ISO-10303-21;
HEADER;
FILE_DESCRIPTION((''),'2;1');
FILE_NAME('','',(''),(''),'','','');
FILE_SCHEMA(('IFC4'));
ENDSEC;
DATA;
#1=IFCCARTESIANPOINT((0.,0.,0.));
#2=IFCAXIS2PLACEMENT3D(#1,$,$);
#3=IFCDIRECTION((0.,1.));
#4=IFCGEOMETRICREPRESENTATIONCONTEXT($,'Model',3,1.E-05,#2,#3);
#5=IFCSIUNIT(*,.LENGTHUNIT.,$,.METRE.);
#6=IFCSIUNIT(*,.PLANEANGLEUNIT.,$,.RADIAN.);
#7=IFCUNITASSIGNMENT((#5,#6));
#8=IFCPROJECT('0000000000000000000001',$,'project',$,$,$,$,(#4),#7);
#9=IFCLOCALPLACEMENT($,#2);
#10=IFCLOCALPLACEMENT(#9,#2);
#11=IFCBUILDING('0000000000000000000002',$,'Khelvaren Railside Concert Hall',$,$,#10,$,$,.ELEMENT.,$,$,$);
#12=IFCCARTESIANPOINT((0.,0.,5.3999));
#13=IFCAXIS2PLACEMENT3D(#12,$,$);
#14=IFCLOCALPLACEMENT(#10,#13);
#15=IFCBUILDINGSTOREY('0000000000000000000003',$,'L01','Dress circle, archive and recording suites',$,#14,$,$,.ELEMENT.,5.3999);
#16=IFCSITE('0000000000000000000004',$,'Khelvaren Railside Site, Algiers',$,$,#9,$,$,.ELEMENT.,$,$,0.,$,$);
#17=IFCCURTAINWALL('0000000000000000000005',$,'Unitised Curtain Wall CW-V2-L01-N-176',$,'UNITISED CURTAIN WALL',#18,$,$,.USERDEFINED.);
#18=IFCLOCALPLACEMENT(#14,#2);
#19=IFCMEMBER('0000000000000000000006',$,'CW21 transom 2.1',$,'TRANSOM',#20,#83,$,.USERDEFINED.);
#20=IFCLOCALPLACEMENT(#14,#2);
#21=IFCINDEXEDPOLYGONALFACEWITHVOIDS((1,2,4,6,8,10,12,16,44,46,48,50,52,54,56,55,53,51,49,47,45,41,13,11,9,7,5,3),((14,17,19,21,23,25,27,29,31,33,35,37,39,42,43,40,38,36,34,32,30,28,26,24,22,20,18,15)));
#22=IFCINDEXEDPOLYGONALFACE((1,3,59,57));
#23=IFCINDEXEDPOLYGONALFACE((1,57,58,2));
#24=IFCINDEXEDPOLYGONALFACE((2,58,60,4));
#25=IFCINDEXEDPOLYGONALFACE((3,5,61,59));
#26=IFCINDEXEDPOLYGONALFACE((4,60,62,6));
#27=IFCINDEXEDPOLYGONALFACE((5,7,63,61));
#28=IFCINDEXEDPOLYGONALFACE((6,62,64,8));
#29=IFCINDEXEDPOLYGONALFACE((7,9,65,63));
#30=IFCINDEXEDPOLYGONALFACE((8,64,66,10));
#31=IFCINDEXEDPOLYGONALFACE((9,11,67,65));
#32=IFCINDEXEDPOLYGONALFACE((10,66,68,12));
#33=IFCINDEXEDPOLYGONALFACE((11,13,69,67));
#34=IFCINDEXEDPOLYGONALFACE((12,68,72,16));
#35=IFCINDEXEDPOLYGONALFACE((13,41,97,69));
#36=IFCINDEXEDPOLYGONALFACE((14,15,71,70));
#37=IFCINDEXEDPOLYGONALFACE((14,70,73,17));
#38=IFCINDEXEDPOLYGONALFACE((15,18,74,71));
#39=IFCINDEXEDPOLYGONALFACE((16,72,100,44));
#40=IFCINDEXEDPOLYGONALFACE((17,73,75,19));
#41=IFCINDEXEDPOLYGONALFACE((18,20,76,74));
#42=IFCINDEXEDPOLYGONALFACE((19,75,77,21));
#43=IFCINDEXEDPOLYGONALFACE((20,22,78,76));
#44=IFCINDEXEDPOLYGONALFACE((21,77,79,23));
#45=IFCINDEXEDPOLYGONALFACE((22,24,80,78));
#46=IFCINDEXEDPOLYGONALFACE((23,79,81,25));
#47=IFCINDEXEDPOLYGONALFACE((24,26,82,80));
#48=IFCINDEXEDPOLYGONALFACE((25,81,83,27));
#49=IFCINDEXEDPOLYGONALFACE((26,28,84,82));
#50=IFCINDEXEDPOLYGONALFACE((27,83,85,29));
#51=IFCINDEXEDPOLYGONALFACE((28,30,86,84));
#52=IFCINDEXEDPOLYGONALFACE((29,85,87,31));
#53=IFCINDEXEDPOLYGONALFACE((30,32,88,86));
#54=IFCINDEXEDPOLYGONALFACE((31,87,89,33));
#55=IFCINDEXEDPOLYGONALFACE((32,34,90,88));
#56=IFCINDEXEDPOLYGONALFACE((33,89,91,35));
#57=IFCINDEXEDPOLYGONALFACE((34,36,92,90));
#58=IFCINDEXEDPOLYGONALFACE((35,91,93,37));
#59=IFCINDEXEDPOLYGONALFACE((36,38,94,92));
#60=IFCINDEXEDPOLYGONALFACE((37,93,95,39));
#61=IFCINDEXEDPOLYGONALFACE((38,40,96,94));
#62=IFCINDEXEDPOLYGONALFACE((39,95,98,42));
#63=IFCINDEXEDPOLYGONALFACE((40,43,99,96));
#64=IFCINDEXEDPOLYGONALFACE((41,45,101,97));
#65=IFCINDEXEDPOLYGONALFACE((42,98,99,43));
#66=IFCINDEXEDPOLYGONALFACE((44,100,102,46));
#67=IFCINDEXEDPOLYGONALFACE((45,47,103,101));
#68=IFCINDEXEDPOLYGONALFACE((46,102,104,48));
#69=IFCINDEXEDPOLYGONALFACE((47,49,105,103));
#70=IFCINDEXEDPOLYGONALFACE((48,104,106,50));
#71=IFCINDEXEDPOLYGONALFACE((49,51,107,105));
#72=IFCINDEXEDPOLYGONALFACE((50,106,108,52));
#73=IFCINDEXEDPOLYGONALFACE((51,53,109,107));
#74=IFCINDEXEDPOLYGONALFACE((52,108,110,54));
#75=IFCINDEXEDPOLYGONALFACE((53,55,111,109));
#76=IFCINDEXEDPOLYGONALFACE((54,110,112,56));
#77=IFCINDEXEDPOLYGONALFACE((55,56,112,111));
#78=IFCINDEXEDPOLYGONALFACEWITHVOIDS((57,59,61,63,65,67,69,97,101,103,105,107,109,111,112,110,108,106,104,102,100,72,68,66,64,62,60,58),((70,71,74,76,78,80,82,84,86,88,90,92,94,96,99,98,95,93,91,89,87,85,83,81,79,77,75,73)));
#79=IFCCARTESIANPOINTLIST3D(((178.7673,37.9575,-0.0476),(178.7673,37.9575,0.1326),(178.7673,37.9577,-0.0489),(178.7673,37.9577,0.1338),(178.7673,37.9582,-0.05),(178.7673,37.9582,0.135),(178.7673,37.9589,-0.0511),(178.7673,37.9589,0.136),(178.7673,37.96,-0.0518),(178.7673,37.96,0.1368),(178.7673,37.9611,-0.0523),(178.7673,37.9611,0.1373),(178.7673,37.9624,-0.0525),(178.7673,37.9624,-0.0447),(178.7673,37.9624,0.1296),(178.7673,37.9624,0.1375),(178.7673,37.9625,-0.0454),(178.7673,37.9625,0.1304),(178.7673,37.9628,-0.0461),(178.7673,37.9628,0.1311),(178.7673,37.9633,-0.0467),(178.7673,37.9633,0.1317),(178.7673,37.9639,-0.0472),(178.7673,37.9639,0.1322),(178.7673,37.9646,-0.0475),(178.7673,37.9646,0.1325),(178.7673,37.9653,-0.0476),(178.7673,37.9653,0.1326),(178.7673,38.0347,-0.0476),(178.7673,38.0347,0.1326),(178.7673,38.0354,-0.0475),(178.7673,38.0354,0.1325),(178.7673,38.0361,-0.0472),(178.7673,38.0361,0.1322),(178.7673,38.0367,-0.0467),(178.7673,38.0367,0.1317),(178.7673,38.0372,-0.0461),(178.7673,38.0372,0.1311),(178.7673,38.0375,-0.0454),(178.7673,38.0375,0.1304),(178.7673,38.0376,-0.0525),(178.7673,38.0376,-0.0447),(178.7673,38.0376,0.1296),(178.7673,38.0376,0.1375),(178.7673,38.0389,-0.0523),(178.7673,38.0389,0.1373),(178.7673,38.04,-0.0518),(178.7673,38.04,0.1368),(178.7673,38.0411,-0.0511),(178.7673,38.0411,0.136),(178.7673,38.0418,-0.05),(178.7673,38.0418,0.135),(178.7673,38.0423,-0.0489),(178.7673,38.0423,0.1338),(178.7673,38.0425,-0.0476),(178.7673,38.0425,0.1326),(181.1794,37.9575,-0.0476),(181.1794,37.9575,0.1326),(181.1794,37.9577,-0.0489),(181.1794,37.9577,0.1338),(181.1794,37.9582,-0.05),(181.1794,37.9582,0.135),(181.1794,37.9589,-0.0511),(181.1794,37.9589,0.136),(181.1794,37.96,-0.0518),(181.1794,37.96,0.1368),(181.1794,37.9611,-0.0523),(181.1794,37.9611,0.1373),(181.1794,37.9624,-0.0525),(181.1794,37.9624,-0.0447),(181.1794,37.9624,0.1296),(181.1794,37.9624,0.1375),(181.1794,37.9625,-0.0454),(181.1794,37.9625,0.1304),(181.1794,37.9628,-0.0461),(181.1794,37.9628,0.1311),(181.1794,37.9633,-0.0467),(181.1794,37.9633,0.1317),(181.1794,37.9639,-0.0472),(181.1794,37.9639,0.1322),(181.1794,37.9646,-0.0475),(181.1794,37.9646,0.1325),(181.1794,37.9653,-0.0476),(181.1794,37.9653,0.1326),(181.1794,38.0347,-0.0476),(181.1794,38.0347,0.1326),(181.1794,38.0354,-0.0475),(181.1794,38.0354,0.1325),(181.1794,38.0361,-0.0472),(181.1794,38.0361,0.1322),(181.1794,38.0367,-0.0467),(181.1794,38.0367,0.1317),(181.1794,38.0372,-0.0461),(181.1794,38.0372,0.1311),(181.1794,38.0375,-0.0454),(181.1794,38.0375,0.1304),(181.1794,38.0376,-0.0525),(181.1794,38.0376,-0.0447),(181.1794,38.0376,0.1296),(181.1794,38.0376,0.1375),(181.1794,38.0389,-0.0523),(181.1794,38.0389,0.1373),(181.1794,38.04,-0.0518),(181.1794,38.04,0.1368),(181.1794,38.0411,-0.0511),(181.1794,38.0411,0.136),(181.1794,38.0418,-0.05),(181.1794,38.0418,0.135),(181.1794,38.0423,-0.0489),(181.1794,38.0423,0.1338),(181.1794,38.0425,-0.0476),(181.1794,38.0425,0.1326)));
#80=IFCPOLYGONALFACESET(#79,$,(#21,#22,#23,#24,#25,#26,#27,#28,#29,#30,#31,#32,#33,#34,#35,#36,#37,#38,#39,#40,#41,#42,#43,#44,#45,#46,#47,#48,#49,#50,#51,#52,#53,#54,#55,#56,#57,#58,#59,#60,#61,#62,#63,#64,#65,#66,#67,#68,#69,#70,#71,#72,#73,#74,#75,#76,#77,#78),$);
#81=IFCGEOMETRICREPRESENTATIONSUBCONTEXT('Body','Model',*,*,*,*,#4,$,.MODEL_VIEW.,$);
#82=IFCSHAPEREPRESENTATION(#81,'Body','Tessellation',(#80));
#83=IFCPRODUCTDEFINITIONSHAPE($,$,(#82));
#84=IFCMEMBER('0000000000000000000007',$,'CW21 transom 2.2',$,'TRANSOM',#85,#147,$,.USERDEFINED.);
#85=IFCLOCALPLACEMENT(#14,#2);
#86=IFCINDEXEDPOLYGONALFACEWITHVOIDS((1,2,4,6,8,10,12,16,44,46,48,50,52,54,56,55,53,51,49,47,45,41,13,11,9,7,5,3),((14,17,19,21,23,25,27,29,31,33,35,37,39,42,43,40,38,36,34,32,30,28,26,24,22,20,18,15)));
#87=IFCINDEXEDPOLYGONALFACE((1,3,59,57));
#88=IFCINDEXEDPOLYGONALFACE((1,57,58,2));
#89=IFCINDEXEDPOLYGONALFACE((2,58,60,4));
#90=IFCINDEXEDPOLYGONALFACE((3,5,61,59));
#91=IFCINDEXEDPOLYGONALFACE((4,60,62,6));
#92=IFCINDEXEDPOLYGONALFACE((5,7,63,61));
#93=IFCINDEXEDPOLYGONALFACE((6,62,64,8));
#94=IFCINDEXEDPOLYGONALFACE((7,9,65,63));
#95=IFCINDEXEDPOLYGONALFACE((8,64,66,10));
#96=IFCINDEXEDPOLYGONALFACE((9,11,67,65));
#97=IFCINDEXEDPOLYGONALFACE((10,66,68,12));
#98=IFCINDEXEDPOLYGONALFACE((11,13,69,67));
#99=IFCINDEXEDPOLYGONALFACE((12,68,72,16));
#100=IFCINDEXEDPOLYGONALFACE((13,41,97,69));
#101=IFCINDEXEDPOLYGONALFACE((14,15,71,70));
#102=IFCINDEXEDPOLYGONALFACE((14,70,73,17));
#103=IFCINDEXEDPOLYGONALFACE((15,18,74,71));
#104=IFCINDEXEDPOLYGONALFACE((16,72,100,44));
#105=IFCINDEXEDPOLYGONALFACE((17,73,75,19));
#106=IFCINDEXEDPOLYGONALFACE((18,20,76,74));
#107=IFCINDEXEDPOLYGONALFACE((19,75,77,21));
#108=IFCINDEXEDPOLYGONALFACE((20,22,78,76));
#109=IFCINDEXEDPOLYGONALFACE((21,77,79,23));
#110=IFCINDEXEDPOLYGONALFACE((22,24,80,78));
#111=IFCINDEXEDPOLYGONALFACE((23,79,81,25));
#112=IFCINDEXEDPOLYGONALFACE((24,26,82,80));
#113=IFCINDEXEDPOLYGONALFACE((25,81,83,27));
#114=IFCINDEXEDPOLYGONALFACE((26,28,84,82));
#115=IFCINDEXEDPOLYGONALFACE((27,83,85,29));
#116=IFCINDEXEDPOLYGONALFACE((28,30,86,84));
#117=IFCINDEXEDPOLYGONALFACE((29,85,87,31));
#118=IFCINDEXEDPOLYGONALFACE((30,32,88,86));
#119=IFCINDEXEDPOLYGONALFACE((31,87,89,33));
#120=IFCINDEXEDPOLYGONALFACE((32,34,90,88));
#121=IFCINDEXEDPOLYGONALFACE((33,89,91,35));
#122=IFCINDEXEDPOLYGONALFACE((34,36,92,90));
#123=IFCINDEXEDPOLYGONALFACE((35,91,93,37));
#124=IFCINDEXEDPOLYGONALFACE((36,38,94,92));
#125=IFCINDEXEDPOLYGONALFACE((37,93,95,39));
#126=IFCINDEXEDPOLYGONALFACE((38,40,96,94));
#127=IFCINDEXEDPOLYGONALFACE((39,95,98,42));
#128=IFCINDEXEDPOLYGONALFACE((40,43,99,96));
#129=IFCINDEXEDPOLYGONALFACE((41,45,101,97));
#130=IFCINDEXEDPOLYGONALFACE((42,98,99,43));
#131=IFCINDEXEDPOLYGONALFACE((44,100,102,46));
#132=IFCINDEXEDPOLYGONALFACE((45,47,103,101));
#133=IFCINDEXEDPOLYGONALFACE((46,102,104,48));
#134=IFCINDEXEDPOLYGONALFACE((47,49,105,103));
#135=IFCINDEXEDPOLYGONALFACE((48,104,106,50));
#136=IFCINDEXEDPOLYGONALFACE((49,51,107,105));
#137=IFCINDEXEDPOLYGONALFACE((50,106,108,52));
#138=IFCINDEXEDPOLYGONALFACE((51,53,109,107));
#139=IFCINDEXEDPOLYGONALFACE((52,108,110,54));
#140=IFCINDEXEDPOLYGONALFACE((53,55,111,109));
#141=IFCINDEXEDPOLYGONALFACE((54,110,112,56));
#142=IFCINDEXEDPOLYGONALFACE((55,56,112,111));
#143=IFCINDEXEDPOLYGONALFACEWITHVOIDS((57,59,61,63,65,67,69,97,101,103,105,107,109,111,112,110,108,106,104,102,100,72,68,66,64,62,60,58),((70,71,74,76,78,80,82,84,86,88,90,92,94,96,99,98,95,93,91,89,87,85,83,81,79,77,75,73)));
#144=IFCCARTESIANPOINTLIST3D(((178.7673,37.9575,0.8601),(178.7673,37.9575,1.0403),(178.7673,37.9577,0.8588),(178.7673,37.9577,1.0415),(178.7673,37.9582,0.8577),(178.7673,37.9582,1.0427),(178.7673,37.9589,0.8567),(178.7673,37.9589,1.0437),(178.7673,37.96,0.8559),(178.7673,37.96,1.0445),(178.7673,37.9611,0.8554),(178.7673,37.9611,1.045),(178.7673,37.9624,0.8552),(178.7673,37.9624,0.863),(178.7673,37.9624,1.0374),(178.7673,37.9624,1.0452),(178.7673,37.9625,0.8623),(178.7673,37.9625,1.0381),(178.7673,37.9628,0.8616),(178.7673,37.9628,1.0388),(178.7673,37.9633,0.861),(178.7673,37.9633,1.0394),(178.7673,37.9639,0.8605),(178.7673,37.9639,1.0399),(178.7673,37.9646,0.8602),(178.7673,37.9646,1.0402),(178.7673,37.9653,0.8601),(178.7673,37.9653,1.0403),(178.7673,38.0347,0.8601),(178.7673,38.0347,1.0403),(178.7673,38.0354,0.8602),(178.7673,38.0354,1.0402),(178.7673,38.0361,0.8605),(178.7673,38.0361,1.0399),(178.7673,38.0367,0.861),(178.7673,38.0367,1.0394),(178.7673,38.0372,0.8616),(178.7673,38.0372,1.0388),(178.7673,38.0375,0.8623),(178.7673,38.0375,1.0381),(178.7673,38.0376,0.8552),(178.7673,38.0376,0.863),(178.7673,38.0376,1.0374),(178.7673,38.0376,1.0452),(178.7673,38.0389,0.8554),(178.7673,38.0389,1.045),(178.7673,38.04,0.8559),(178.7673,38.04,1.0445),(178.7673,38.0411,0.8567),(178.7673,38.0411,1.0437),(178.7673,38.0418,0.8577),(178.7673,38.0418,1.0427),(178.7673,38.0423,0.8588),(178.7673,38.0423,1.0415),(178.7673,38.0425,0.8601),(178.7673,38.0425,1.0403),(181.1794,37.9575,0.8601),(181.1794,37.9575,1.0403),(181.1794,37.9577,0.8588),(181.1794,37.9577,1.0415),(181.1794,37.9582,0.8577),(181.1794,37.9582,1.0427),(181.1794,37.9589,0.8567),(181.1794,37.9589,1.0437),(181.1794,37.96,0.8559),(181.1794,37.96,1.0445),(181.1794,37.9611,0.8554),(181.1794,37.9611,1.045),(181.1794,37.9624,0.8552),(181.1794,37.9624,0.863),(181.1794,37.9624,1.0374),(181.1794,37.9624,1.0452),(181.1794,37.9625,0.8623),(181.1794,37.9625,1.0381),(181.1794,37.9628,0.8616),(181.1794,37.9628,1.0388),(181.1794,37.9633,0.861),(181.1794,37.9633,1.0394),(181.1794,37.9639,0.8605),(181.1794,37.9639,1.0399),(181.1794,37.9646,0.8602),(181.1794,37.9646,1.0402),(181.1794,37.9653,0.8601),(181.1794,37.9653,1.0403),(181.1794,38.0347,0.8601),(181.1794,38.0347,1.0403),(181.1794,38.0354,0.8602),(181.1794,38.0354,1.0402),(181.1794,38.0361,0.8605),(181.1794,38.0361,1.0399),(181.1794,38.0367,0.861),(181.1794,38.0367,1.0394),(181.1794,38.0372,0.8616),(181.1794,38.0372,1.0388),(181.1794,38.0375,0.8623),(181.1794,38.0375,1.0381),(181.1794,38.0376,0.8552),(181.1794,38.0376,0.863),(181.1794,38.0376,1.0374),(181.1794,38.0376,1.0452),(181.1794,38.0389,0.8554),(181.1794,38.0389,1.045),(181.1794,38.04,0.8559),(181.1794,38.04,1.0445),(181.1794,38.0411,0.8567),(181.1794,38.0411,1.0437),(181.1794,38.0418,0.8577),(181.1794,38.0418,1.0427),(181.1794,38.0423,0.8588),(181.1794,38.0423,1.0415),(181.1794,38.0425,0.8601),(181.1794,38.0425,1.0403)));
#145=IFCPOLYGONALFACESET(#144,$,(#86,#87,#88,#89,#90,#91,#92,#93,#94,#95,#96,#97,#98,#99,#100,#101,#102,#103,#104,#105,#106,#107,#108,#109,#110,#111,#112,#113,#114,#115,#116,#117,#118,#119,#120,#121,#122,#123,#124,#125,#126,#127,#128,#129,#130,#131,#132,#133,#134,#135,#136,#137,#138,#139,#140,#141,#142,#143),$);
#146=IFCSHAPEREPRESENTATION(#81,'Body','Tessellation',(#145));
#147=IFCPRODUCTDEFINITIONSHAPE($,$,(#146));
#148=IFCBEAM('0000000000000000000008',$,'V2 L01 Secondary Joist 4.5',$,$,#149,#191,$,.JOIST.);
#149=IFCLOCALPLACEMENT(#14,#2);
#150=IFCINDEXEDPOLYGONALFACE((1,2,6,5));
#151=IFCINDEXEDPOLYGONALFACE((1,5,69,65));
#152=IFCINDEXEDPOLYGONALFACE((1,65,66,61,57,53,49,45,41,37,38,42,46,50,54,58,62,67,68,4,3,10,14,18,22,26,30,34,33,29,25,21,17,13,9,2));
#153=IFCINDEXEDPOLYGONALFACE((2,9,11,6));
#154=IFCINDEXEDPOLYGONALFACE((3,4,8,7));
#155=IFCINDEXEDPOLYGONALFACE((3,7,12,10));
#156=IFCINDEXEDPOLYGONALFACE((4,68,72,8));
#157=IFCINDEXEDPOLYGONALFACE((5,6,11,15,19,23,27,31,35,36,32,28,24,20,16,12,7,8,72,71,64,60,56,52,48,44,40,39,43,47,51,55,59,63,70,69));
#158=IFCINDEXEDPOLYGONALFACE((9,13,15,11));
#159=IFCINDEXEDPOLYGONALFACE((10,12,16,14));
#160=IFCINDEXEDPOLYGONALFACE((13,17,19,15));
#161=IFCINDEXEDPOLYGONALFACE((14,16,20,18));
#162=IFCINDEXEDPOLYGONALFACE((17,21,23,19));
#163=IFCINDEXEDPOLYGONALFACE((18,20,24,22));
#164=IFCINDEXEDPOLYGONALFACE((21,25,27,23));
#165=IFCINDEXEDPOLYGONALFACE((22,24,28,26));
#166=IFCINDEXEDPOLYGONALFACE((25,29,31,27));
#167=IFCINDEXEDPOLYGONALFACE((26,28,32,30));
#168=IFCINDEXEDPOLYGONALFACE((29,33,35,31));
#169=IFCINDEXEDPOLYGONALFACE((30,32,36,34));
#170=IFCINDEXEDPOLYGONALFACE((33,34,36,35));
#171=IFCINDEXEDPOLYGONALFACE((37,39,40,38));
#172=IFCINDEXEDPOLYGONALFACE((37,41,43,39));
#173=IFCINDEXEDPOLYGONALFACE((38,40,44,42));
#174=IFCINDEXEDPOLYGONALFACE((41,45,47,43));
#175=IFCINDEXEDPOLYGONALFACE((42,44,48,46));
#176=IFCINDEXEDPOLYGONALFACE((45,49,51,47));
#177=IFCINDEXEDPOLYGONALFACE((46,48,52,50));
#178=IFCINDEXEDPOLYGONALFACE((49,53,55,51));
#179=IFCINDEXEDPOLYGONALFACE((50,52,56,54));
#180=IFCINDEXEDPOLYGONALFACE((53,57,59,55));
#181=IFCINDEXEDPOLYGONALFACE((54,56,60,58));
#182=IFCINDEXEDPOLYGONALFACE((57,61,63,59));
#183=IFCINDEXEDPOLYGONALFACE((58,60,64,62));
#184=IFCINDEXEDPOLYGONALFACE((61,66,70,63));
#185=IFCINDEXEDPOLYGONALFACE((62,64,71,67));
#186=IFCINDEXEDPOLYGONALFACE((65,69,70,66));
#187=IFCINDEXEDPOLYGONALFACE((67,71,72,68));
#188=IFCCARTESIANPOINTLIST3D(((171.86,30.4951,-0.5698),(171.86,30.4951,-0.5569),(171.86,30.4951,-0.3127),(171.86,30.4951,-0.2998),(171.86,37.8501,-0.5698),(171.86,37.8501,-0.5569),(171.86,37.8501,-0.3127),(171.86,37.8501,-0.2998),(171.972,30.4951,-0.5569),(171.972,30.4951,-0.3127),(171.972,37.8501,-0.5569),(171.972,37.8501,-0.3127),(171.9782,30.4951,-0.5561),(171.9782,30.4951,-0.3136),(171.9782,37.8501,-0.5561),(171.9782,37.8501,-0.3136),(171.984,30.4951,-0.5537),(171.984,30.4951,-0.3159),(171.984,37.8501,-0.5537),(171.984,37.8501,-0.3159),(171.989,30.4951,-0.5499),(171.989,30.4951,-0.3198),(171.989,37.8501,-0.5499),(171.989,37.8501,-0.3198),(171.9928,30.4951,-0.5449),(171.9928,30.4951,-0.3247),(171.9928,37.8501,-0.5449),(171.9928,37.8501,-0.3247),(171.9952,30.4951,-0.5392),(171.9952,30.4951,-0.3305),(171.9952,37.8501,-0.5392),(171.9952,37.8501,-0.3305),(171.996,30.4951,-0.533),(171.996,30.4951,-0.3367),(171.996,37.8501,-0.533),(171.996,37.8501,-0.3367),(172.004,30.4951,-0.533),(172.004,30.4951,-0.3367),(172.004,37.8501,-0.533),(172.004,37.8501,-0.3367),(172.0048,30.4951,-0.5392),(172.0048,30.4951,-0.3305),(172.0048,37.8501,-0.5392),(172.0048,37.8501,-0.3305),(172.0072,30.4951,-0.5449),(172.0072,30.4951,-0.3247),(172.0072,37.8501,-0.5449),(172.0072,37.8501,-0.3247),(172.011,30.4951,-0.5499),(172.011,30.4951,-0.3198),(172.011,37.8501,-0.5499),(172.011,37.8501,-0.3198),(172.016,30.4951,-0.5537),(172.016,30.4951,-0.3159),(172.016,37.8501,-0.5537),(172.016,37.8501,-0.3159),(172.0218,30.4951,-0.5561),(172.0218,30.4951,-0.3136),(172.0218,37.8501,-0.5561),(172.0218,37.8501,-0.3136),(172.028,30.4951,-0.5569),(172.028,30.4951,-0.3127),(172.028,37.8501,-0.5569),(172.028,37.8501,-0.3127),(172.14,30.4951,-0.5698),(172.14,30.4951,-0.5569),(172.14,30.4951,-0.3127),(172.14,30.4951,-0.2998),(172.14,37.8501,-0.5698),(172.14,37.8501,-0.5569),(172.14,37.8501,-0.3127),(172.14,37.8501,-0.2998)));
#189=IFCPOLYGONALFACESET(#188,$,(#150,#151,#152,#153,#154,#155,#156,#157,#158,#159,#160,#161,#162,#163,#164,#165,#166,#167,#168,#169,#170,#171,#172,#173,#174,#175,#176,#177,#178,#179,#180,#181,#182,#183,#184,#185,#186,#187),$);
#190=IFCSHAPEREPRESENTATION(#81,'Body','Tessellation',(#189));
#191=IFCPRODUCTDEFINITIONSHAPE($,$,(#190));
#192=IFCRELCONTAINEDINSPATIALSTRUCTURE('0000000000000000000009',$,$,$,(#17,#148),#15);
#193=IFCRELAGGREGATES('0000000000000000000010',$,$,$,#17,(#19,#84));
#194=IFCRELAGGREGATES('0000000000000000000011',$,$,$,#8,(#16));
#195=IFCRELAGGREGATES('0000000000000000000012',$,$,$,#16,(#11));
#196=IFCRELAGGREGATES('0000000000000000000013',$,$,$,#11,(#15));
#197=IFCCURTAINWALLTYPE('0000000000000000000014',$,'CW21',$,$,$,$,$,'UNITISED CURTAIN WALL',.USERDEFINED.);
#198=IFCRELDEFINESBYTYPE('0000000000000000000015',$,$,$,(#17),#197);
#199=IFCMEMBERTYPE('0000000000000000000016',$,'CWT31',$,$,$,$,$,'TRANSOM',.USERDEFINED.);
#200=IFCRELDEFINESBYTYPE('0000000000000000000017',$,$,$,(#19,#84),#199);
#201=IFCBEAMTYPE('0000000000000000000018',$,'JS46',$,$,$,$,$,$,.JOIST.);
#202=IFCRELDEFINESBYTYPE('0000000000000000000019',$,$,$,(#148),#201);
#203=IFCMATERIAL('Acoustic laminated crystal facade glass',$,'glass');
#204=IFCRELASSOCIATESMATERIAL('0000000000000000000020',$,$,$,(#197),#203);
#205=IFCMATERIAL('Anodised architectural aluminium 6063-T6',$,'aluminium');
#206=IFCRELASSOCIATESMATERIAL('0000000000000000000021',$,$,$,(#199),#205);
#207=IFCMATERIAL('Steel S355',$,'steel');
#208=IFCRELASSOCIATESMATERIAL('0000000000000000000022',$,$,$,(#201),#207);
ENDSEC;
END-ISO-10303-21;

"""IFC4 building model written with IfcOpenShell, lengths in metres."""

from ifc_helpers import new_model, si_unit, direction, frame, origin, origin_2d, place, context, subcontext, project, spatial, hollow_rectangle, i_section, extrude, material, material_profile, profile_set, type_object, element, aggregate, save


model = new_model("IFC4")

# Units and contexts
model_context = context("Model", 3, precision=1e-05, world=origin(), true_north=direction((0.0, 1.0)))
body_context = subcontext(model_context, "Body", "Model", "MODEL_VIEW")
ifc_project = project(units=[si_unit("LENGTHUNIT", "METRE"), si_unit("PLANEANGLEUNIT", "RADIAN")], contexts=[model_context])

# Site, building, storey
site_placement = place(None, origin())
site = spatial("IfcSite", under=ifc_project, at=site_placement, Name="Khelvaren Railside Site, Algiers", CompositionType="ELEMENT", RefElevation=0.0)
building_placement = place(site_placement, origin())
building = spatial("IfcBuilding", under=site, at=building_placement, Name="Khelvaren Railside Concert Hall", CompositionType="ELEMENT")
storey_placement = place(building_placement, frame((0.0, 0.0, 5.3999)))
storey = spatial("IfcBuildingStorey", under=building, at=storey_placement, Name="L01", Description="Dress circle, archive and recording suites", CompositionType="ELEMENT", Elevation=5.3999)

# Shared definitions
ifc_material_1 = material(Name="Steel S355", Category="steel")

# Curtain wall, members
ifc_material_2 = material(Name="Acoustic laminated crystal facade glass", Category="glass")
curtain_wall_type = type_object("IfcCurtainWallType", Name="CW21", ElementType="UNITISED CURTAIN WALL", PredefinedType="USERDEFINED", material=ifc_material_2)
curtain_wall_placement = place(storey_placement, origin())
curtain_wall = element("IfcCurtainWall", 1, at=curtain_wall_placement, inside=storey, type_object=curtain_wall_type, Name="Unitised Curtain Wall CW-V2-L01-N-176", ObjectType="UNITISED CURTAIN WALL", PredefinedType="USERDEFINED")
ifc_material_3 = material(Name="Anodised architectural aluminium 6063-T6", Category="aluminium")
ifc_material_profile_1 = material_profile(ifc_material_3, hollow_rectangle(XDim=0.085, YDim=0.1899, WallThickness=0.0049, InnerFilletRadius=0.0029, OuterFilletRadius=0.0049, at=origin_2d()), Name="CWT 85x190x5")
ifc_profile_set_1 = profile_set([ifc_material_profile_1], Name="Anodised architectural aluminium 6063-T6")
member_type_1 = type_object("IfcMemberType", Name="CWT31", ElementType="TRANSOM", PredefinedType="USERDEFINED", material=ifc_profile_set_1)
member_1_placement = place(storey_placement, frame((178.7673, 38.0, 0.0425), z_axis=(1.0, 0.0, 0.0), x_axis=(0.0, 1.0, 0.0)))
member_1 = element("IfcMember", 2, at=member_1_placement, type_object=member_type_1, Name="CW21 transom 2.1", ObjectType="TRANSOM", PredefinedType="USERDEFINED", context=body_context, shape_type="SweptSolid", body=[
    extrude(hollow_rectangle(XDim=0.085, YDim=0.1899, WallThickness=0.0049, InnerFilletRadius=0.0029, OuterFilletRadius=0.0049, at=origin_2d()), origin(), (0.0, 0.0, 1.0), 2.4121),
])
member_2_placement = place(storey_placement, frame((178.7673, 38.0, 0.9502), z_axis=(1.0, 0.0, 0.0), x_axis=(0.0, 1.0, 0.0)))
member_2 = element("IfcMember", 3, at=member_2_placement, type_object=member_type_1, Name="CW21 transom 2.2", ObjectType="TRANSOM", PredefinedType="USERDEFINED", context=body_context, shape_type="SweptSolid", body=[
    extrude(hollow_rectangle(XDim=0.085, YDim=0.1899, WallThickness=0.0049, InnerFilletRadius=0.0029, OuterFilletRadius=0.0049, at=origin_2d()), origin(), (0.0, 0.0, 1.0), 2.4121),
])

# Beam
ifc_material_profile_2 = material_profile(ifc_material_1, i_section(OverallWidth=0.28, OverallDepth=0.27, WebThickness=0.0081, FlangeThickness=0.0129, FilletRadius=0.0239, at=origin_2d()), Name="HEA 280")
ifc_profile_set_2 = profile_set([ifc_material_profile_2], Name="Steel S355")
beam_type_1 = type_object("IfcBeamType", Name="JS46", PredefinedType="JOIST", material=ifc_profile_set_2)
beam_1_placement = place(storey_placement, frame((172.0, 30.4951, -0.4348), z_axis=(0.0, 1.0, 0.0), x_axis=(-1.0, 0.0, 0.0)))
element("IfcBeam", 4, at=beam_1_placement, inside=storey, type_object=beam_type_1, Name="V2 L01 Secondary Joist 4.5", PredefinedType="JOIST", context=body_context, shape_type="SweptSolid", body=[
    extrude(i_section(OverallWidth=0.28, OverallDepth=0.27, WebThickness=0.0081, FlangeThickness=0.0129, FilletRadius=0.0239, at=origin_2d()), origin(), (0.0, 0.0, 1.0), 7.355),
])

aggregate(curtain_wall, [member_1, member_2])

save(model, "model.ifc")
